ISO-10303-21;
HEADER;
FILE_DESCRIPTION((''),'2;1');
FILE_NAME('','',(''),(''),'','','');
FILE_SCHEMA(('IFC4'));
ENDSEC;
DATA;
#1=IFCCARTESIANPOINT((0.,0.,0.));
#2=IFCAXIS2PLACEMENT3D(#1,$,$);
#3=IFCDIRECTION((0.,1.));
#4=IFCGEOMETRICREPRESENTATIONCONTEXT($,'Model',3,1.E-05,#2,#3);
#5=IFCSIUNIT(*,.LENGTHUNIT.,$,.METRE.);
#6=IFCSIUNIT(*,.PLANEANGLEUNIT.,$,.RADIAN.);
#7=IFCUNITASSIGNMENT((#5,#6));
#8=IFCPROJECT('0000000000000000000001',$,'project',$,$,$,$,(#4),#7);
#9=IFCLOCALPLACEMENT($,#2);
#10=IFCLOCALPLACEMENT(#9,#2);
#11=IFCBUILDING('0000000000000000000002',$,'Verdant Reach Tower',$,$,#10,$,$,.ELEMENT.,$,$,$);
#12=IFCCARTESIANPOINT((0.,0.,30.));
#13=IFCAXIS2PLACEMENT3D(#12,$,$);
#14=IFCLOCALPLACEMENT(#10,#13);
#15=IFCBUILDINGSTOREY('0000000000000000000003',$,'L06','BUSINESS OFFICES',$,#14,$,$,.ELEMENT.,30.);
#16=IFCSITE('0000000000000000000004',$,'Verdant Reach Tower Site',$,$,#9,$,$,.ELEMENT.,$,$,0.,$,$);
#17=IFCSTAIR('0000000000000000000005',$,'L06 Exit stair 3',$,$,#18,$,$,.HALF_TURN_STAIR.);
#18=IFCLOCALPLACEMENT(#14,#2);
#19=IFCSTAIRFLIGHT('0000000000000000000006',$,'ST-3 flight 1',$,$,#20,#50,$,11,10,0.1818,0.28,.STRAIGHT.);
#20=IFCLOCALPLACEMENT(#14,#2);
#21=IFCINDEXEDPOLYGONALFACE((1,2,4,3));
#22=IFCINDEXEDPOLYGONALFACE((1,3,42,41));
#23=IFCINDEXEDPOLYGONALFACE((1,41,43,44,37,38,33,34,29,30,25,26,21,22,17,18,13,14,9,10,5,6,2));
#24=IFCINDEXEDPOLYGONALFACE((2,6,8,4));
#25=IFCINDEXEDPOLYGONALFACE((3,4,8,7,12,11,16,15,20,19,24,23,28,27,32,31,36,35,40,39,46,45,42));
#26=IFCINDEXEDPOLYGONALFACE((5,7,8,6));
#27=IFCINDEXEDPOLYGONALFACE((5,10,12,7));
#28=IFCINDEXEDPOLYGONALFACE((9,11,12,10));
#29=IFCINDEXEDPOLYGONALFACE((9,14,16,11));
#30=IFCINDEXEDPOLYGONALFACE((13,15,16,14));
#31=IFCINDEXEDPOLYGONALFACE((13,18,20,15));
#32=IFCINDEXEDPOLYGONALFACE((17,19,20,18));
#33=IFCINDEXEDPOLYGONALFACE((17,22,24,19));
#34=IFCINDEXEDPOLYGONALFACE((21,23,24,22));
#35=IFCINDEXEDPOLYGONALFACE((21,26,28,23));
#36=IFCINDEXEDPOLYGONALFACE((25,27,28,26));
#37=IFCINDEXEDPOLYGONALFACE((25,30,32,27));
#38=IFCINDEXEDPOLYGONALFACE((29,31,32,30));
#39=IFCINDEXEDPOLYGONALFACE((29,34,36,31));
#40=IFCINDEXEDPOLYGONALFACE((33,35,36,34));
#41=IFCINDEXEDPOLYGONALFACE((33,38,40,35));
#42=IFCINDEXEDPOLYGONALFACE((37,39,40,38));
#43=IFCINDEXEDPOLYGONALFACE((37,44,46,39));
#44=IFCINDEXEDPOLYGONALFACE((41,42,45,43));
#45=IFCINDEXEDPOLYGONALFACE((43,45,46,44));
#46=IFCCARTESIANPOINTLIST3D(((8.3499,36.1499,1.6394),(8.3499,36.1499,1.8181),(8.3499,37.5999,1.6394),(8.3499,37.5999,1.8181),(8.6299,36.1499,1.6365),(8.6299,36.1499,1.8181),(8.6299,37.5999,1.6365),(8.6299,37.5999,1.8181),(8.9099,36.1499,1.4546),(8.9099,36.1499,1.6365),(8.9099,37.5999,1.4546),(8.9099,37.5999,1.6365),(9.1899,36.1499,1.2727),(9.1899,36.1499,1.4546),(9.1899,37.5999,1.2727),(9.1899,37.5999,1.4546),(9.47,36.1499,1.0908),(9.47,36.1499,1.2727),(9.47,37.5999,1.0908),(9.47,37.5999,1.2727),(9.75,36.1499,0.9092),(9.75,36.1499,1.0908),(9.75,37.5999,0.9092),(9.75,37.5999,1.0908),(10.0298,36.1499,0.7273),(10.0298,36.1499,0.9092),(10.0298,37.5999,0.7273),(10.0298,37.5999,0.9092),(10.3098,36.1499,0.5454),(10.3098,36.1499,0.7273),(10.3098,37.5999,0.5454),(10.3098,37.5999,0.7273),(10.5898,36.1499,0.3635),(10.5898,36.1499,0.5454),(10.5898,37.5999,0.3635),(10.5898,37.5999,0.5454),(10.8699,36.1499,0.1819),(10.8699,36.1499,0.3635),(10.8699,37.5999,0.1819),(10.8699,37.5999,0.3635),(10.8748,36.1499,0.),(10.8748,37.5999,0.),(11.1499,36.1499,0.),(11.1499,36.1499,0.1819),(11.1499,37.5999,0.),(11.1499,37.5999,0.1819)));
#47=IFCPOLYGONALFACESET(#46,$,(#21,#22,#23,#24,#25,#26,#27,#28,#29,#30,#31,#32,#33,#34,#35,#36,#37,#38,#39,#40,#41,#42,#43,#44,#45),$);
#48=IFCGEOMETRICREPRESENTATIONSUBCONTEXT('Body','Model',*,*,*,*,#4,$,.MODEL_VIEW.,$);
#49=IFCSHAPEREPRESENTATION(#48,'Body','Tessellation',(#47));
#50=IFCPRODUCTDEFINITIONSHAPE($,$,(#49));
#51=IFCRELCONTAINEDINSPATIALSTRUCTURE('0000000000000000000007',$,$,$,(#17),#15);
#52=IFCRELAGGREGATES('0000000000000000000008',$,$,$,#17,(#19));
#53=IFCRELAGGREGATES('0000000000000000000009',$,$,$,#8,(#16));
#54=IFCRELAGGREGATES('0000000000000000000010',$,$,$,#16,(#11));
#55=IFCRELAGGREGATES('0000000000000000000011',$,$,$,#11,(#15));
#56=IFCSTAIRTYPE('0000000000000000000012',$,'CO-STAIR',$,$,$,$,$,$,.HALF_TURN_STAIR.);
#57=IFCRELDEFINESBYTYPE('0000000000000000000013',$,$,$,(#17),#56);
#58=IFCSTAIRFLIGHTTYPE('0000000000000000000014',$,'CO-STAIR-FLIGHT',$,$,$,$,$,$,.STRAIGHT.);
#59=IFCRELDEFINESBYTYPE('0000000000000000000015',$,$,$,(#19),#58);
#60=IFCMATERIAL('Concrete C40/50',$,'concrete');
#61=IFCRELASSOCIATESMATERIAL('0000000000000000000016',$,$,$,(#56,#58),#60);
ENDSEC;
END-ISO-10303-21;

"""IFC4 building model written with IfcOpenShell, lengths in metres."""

from ifc_helpers import new_model, si_unit, direction, frame, origin, place, context, subcontext, project, spatial, polyline, outline, extrude, material, type_object, element, aggregate, save


model = new_model("IFC4")

# Units and contexts
model_context = context("Model", 3, precision=1e-05, world=origin(), true_north=direction((0.0, 1.0)))
body_context = subcontext(model_context, "Body", "Model", "MODEL_VIEW")
ifc_project = project(units=[si_unit("LENGTHUNIT", "METRE"), si_unit("PLANEANGLEUNIT", "RADIAN")], contexts=[model_context])

# Site, building, storey
site_placement = place(None, origin())
site = spatial("IfcSite", under=ifc_project, at=site_placement, Name="Verdant Reach Tower Site", CompositionType="ELEMENT", RefElevation=0.0)
building_placement = place(site_placement, origin())
building = spatial("IfcBuilding", under=site, at=building_placement, Name="Verdant Reach Tower", CompositionType="ELEMENT")
storey_placement = place(building_placement, frame((0.0, 0.0, 30.0)))
storey = spatial("IfcBuildingStorey", under=building, at=storey_placement, Name="L06", Description="BUSINESS OFFICES", CompositionType="ELEMENT", Elevation=30.0)

# Stair, stair flight
ifc_material_1 = material(Name="Concrete C40/50", Category="concrete")
stair_type = type_object("IfcStairType", Name="CO-STAIR", PredefinedType="HALF_TURN_STAIR", material=ifc_material_1)
stair_placement = place(storey_placement, origin())
stair = element("IfcStair", 1, at=stair_placement, inside=storey, type_object=stair_type, Name="L06 Exit stair 3", PredefinedType="HALF_TURN_STAIR")
stair_flight_type = type_object("IfcStairFlightType", Name="CO-STAIR-FLIGHT", PredefinedType="STRAIGHT", material=ifc_material_1)
stair_flight_placement = place(storey_placement, frame((11.1499, 36.875, 0.0), z_axis=(0.0, 0.0, 1.0), x_axis=(-1.0, 0.0, 0.0)))
stair_flight = element("IfcStairFlight", 2, at=stair_flight_placement, type_object=stair_flight_type, Name="ST-3 flight 1", NumberOfRisers=11, NumberOfTreads=10, PredefinedType="STRAIGHT", RiserHeight=0.1818, TreadLength=0.28, context=body_context, shape_type="SweptSolid", body=[
    extrude(outline(polyline([(0.0, 0.0), (0.0, 0.1819), (0.28, 0.1819), (0.28, 0.3635), (0.5601, 0.3635), (0.5601, 0.5454), (0.8401, 0.5454), (0.8401, 0.7273), (1.1201, 0.7273), (1.1201, 0.9092), (1.3999, 0.9092), (1.3999, 1.0908), (1.6799, 1.0908), (1.6799, 1.2727), (1.96, 1.2727), (1.96, 1.4546), (2.24, 1.4546), (2.24, 1.6365), (2.52, 1.6365), (2.52, 1.8181), (2.8, 1.8181), (2.8, 2.0), (2.8, 1.6394), (0.2751, 0.0), (0.0, 0.0)])), frame((0.0, 0.7251, 0.0), z_axis=(0.0, -1.0, 0.0), x_axis=(1.0, 0.0, 0.0)), (0.0, 0.0, 1.0), 1.45),
])
aggregate(stair, [stair_flight])

save(model, "model.ifc")
